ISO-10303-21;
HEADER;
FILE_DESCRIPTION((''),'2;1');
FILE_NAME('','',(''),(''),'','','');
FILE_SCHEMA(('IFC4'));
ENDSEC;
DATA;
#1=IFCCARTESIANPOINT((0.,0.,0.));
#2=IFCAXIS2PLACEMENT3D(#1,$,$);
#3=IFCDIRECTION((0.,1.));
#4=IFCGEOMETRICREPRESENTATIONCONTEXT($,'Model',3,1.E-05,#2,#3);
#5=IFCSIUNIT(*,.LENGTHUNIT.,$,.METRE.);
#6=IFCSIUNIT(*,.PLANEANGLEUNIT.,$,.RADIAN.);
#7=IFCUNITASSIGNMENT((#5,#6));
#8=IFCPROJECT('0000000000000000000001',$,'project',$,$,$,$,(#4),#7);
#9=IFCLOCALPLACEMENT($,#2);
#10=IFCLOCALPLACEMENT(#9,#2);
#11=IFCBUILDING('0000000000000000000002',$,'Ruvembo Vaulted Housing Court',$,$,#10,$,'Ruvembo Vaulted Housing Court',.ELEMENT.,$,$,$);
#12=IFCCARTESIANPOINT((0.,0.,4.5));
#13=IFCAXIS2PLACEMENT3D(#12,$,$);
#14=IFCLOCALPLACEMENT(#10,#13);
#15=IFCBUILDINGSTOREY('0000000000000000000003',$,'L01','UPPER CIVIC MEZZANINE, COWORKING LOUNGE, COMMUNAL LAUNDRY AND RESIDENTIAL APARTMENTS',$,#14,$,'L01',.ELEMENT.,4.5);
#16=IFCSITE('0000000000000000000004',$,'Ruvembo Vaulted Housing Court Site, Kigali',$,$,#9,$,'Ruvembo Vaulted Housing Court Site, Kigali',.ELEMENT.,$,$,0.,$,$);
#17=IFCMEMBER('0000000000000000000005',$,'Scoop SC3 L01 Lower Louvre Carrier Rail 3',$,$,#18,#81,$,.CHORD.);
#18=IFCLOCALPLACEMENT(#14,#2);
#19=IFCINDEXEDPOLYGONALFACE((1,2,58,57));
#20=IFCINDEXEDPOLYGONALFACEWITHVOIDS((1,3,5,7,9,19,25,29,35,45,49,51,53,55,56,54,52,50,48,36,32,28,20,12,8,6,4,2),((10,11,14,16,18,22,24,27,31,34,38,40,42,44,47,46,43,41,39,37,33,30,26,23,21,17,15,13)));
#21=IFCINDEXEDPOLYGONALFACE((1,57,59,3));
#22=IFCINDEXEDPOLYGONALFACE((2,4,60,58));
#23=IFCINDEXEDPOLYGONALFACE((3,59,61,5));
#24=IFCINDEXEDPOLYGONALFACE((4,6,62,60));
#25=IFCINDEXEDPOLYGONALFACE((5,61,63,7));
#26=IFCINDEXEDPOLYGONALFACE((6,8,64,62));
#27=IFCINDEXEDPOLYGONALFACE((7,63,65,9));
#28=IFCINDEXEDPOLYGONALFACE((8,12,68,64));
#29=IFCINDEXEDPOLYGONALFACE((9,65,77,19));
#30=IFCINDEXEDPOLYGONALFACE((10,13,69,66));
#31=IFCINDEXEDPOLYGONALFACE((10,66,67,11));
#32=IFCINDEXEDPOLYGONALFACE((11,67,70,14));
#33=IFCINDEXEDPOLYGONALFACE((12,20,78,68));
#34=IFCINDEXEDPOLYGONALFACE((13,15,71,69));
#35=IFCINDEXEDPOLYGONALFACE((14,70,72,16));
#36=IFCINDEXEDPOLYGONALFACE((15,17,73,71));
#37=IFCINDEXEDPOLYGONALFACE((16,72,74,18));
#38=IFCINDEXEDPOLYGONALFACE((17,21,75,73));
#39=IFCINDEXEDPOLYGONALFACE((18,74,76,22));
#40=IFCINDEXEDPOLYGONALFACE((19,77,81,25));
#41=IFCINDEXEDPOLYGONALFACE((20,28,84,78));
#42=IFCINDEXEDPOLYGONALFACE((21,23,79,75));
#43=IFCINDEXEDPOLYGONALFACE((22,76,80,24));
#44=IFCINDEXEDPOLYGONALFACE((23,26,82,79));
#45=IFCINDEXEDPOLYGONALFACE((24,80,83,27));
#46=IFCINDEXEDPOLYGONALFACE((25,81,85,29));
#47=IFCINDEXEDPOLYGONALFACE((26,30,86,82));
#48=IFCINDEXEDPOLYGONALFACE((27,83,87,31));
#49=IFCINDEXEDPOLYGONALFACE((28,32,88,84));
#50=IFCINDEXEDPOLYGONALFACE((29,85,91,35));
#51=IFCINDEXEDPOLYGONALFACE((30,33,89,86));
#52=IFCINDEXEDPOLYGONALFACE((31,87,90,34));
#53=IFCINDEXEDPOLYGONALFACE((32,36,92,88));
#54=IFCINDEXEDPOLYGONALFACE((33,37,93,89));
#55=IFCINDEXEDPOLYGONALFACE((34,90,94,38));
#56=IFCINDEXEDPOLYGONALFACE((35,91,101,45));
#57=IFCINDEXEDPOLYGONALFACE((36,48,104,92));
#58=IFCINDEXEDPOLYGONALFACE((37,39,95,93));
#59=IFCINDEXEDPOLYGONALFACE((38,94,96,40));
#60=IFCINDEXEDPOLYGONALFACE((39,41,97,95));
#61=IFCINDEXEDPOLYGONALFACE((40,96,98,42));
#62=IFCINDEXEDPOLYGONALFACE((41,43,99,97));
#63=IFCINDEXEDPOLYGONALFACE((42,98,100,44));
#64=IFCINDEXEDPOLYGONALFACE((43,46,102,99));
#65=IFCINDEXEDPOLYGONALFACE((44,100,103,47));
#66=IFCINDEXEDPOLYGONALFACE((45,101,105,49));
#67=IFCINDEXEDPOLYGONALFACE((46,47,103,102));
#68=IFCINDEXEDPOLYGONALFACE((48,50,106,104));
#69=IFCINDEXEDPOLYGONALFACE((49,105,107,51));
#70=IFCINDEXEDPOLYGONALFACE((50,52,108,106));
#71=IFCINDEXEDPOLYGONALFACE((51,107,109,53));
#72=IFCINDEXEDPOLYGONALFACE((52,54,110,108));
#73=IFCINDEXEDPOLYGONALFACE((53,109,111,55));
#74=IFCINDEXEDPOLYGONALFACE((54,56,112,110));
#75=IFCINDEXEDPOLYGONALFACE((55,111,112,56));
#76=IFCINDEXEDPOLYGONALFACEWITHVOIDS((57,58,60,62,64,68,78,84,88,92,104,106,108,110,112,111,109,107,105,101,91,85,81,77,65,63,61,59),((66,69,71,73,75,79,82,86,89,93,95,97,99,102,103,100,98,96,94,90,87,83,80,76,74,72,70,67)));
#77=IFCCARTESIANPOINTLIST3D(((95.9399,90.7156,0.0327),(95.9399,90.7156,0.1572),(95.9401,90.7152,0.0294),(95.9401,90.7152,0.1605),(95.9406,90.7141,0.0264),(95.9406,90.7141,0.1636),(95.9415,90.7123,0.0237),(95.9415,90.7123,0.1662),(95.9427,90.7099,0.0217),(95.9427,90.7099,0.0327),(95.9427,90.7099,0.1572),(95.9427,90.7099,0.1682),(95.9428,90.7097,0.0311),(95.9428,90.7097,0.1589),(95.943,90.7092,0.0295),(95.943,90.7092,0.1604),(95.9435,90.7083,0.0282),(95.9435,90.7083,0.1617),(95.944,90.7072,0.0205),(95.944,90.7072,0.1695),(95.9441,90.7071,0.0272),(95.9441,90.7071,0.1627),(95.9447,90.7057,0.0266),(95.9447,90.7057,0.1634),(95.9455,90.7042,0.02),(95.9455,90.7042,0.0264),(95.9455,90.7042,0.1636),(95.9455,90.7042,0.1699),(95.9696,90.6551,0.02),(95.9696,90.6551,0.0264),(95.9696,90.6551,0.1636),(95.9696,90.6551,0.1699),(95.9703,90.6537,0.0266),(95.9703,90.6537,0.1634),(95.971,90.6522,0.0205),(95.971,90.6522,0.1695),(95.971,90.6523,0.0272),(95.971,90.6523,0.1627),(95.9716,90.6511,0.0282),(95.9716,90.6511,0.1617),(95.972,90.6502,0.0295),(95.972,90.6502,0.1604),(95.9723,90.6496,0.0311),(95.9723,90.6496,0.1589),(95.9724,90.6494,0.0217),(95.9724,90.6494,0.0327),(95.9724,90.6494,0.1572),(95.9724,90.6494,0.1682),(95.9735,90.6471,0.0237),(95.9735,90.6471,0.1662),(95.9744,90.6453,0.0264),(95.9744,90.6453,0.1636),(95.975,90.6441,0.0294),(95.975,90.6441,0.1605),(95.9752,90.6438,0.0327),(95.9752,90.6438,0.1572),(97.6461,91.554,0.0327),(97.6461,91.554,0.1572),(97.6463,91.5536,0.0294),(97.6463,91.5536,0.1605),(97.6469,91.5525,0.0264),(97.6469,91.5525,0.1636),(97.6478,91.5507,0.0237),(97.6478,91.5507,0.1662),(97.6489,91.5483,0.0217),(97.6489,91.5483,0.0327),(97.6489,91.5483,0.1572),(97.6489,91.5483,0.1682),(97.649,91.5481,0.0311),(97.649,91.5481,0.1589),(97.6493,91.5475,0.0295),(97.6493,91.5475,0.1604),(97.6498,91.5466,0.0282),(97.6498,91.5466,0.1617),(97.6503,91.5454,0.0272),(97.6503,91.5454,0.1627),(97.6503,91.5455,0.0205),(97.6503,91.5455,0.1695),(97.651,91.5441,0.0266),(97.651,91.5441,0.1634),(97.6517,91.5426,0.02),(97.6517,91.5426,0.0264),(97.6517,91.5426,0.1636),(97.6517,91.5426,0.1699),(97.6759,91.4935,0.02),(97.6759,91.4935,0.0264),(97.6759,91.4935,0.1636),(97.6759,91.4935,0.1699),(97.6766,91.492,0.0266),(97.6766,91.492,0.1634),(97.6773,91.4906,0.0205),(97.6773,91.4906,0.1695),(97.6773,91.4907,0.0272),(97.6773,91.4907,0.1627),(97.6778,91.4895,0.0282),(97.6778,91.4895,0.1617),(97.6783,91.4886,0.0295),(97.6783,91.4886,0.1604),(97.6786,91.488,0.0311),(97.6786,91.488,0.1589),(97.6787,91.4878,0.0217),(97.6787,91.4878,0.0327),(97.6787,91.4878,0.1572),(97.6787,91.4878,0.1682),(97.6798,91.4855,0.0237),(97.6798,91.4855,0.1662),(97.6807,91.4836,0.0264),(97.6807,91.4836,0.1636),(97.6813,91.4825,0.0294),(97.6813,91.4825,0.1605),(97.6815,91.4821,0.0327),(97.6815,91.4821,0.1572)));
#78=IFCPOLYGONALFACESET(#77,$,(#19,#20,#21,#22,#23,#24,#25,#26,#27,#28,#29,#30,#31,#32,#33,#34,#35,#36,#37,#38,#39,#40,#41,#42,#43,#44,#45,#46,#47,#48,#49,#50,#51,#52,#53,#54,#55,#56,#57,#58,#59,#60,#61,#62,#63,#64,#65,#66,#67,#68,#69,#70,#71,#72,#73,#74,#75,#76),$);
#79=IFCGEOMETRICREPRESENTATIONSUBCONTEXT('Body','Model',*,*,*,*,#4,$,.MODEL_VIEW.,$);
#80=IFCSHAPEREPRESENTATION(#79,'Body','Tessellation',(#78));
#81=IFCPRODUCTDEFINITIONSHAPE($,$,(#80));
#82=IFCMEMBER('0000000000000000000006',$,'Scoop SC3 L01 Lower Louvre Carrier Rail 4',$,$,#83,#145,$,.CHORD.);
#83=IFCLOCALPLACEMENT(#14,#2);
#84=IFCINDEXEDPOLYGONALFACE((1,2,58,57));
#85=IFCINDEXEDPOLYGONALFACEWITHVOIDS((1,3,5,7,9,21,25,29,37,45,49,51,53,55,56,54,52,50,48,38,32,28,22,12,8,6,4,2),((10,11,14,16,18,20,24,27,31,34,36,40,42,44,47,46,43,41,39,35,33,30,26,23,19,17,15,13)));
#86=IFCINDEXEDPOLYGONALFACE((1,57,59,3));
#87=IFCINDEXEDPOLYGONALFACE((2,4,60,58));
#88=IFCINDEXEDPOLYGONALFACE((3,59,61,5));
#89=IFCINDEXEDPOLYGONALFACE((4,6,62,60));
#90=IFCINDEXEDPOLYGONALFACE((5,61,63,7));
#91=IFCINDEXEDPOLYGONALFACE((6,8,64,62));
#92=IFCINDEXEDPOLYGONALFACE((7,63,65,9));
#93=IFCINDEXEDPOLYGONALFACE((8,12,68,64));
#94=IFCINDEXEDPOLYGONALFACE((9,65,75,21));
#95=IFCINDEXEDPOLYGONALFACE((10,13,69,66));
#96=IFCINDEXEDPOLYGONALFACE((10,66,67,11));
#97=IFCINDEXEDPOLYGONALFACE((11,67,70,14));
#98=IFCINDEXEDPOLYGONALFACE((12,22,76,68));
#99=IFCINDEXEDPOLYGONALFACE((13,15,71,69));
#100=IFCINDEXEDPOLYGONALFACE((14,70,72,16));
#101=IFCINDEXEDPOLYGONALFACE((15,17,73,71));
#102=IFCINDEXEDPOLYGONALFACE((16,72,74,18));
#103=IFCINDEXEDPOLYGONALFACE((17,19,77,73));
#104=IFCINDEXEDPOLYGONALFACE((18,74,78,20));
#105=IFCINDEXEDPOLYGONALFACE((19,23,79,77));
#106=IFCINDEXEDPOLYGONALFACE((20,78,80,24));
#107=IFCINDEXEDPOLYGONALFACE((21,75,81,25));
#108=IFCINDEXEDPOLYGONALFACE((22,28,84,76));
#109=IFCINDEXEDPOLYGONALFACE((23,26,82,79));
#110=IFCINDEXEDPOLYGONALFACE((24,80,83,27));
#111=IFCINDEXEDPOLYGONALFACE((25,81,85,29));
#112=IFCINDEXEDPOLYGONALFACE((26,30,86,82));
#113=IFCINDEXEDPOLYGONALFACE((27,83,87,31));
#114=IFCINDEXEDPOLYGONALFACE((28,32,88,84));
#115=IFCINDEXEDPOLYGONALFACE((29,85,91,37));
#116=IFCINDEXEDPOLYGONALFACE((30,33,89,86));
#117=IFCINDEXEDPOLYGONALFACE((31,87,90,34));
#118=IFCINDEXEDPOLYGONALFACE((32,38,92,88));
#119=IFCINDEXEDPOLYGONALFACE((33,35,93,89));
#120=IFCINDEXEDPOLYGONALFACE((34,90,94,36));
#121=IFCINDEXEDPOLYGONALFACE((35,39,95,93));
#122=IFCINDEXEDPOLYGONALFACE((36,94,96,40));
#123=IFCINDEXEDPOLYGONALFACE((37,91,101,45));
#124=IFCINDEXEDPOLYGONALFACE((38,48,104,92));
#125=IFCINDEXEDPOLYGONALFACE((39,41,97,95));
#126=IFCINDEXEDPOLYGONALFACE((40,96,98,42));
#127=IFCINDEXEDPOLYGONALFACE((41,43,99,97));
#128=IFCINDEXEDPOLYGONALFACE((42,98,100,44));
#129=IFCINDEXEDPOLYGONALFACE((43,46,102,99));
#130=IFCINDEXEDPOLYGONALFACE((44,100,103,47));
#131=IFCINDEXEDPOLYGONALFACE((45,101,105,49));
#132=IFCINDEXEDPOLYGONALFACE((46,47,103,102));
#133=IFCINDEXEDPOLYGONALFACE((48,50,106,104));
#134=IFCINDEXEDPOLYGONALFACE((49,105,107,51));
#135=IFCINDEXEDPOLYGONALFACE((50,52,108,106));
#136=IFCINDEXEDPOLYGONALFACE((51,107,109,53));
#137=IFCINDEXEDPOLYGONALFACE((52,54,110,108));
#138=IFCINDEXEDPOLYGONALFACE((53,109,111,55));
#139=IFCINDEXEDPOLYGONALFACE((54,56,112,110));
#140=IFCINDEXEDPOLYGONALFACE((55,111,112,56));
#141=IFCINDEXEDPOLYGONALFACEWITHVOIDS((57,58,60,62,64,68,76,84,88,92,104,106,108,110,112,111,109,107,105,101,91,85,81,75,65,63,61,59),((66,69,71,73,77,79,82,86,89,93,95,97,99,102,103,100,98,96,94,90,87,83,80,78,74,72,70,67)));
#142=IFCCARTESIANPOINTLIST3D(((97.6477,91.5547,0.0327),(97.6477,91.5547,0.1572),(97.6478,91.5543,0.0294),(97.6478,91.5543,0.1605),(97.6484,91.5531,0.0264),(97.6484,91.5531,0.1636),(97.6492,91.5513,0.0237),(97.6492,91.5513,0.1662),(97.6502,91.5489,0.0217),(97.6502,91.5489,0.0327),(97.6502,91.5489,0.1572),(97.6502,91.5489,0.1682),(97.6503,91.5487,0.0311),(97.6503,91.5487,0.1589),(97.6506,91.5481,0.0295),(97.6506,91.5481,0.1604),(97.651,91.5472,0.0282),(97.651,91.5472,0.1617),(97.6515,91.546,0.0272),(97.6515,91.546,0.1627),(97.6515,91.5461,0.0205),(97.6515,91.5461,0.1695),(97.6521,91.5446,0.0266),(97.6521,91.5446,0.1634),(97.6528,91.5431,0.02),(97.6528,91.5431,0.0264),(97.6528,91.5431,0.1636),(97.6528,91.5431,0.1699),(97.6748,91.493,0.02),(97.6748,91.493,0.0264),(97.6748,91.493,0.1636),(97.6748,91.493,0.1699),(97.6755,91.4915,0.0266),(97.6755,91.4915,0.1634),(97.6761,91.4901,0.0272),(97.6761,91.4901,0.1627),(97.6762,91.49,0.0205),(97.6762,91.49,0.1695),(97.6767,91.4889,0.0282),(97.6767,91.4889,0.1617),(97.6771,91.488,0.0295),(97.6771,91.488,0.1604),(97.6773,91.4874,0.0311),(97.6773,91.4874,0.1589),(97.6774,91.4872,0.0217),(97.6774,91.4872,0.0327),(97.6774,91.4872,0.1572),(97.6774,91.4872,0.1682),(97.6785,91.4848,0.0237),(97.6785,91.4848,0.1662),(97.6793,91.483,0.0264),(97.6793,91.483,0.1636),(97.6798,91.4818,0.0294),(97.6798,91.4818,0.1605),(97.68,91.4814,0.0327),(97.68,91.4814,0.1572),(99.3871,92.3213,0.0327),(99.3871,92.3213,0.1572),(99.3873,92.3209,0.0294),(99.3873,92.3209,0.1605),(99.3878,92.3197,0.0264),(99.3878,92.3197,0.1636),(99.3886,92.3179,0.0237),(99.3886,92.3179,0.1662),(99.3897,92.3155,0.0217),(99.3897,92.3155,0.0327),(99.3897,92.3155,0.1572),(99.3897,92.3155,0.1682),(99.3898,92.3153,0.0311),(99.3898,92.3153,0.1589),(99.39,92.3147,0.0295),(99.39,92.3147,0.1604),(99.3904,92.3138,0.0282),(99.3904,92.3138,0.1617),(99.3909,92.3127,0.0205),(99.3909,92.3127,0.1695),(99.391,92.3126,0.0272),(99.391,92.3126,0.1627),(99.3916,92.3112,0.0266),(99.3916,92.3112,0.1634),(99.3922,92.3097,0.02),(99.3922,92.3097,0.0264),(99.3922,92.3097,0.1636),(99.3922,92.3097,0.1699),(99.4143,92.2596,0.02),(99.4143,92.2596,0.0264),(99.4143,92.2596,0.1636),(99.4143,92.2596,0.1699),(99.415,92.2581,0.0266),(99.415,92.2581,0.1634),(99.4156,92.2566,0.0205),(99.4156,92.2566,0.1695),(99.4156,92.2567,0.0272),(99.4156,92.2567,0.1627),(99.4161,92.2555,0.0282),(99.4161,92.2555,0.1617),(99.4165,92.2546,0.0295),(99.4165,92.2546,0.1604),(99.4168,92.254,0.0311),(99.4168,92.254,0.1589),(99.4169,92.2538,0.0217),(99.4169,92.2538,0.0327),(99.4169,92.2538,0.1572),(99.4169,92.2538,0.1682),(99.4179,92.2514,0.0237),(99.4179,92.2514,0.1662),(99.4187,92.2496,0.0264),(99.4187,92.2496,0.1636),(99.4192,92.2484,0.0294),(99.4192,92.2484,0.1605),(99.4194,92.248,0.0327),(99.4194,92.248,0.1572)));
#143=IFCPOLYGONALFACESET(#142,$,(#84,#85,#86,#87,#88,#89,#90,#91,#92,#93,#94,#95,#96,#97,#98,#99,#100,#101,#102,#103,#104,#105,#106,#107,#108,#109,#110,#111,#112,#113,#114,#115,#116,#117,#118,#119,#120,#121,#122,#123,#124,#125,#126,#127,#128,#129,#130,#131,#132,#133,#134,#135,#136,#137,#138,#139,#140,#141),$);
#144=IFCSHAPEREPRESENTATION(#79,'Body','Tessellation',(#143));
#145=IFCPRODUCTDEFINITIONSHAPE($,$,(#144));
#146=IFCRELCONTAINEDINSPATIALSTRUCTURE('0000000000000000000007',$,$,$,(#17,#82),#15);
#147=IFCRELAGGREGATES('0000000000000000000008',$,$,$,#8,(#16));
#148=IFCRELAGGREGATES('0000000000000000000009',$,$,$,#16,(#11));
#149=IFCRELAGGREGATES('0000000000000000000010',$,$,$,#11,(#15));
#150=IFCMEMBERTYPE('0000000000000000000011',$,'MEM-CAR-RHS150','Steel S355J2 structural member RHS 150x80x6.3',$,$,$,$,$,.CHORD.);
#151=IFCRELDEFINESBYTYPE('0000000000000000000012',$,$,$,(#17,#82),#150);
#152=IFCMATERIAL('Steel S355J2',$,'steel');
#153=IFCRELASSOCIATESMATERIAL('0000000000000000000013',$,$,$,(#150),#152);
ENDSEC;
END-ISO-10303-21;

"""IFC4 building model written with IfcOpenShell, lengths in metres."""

from ifc_helpers import new_model, si_unit, direction, frame, origin, origin_2d, place, context, subcontext, project, spatial, hollow_rectangle, extrude, material, material_profile, profile_set, type_object, element, save


model = new_model("IFC4")

# Units and contexts
model_context = context("Model", 3, precision=1e-05, world=origin(), true_north=direction((0.0, 1.0)))
body_context = subcontext(model_context, "Body", "Model", "MODEL_VIEW")
ifc_project = project(units=[si_unit("LENGTHUNIT", "METRE"), si_unit("PLANEANGLEUNIT", "RADIAN")], contexts=[model_context])

# Site, building, storey
site_placement = place(None, origin())
site = spatial("IfcSite", under=ifc_project, at=site_placement, Name="Ruvembo Vaulted Housing Court Site, Kigali", LongName="Ruvembo Vaulted Housing Court Site, Kigali", CompositionType="ELEMENT", RefElevation=0.0)
building_placement = place(site_placement, origin())
building = spatial("IfcBuilding", under=site, at=building_placement, Name="Ruvembo Vaulted Housing Court", LongName="Ruvembo Vaulted Housing Court", CompositionType="ELEMENT")
storey_placement = place(building_placement, frame((0.0, 0.0, 4.5)))
storey = spatial("IfcBuildingStorey", under=building, at=storey_placement, Name="L01", Description="UPPER CIVIC MEZZANINE, COWORKING LOUNGE, COMMUNAL LAUNDRY AND RESIDENTIAL APARTMENTS", LongName="L01", CompositionType="ELEMENT", Elevation=4.5)

# Shared definitions
ifc_material_1 = material(Name="Steel S355J2", Category="steel")

# Members
ifc_material_profile_1 = material_profile(ifc_material_1, hollow_rectangle(XDim=0.0801, YDim=0.1499, WallThickness=0.0063, InnerFilletRadius=0.0063, OuterFilletRadius=0.0127, at=origin_2d()), Name="RHS 150x80x6.3")
ifc_profile_set_1 = profile_set([ifc_material_profile_1], Name="Steel S355J2")
member_type_1 = type_object("IfcMemberType", Name="MEM-CAR-RHS150", Description="Steel S355J2 structural member RHS 150x80x6.3", PredefinedType="CHORD", material=ifc_profile_set_1)
member_1_placement = place(storey_placement, frame((95.9575, 90.6797, 0.095), z_axis=(0.897513, 0.440987, 0.0), x_axis=(-0.440987, 0.897513, 0.0)))
element("IfcMember", 1, at=member_1_placement, inside=storey, type_object=member_type_1, Name="Scoop SC3 L01 Lower Louvre Carrier Rail 3", PredefinedType="CHORD", context=body_context, shape_type="SweptSolid", body=[
    extrude(hollow_rectangle(XDim=0.0801, YDim=0.1499, WallThickness=0.0063, InnerFilletRadius=0.0063, OuterFilletRadius=0.0127, at=origin_2d()), origin(), (0.0, 0.0, 1.0), 1.9011),
])
for number, where, z_axis, x_axis, name in (
    (2, (97.6638, 91.5181, 0.095), (0.915078, 0.403277, 0.0), (-0.403277, 0.915078, 0.0), "Scoop SC3 L01 Lower Louvre Carrier Rail 4"),
):
    element("IfcMember", number, at=place(storey_placement, frame(where, z_axis=z_axis, x_axis=x_axis)), inside=storey, type_object=member_type_1, Name=name, PredefinedType="CHORD", context=body_context, shape_type="SweptSolid", body=[
        extrude(hollow_rectangle(XDim=0.0801, YDim=0.1499, WallThickness=0.0063, InnerFilletRadius=0.0063, OuterFilletRadius=0.0127, at=origin_2d()), origin(), (0.0, 0.0, 1.0), 1.9009),
    ])

save(model, "model.ifc")
